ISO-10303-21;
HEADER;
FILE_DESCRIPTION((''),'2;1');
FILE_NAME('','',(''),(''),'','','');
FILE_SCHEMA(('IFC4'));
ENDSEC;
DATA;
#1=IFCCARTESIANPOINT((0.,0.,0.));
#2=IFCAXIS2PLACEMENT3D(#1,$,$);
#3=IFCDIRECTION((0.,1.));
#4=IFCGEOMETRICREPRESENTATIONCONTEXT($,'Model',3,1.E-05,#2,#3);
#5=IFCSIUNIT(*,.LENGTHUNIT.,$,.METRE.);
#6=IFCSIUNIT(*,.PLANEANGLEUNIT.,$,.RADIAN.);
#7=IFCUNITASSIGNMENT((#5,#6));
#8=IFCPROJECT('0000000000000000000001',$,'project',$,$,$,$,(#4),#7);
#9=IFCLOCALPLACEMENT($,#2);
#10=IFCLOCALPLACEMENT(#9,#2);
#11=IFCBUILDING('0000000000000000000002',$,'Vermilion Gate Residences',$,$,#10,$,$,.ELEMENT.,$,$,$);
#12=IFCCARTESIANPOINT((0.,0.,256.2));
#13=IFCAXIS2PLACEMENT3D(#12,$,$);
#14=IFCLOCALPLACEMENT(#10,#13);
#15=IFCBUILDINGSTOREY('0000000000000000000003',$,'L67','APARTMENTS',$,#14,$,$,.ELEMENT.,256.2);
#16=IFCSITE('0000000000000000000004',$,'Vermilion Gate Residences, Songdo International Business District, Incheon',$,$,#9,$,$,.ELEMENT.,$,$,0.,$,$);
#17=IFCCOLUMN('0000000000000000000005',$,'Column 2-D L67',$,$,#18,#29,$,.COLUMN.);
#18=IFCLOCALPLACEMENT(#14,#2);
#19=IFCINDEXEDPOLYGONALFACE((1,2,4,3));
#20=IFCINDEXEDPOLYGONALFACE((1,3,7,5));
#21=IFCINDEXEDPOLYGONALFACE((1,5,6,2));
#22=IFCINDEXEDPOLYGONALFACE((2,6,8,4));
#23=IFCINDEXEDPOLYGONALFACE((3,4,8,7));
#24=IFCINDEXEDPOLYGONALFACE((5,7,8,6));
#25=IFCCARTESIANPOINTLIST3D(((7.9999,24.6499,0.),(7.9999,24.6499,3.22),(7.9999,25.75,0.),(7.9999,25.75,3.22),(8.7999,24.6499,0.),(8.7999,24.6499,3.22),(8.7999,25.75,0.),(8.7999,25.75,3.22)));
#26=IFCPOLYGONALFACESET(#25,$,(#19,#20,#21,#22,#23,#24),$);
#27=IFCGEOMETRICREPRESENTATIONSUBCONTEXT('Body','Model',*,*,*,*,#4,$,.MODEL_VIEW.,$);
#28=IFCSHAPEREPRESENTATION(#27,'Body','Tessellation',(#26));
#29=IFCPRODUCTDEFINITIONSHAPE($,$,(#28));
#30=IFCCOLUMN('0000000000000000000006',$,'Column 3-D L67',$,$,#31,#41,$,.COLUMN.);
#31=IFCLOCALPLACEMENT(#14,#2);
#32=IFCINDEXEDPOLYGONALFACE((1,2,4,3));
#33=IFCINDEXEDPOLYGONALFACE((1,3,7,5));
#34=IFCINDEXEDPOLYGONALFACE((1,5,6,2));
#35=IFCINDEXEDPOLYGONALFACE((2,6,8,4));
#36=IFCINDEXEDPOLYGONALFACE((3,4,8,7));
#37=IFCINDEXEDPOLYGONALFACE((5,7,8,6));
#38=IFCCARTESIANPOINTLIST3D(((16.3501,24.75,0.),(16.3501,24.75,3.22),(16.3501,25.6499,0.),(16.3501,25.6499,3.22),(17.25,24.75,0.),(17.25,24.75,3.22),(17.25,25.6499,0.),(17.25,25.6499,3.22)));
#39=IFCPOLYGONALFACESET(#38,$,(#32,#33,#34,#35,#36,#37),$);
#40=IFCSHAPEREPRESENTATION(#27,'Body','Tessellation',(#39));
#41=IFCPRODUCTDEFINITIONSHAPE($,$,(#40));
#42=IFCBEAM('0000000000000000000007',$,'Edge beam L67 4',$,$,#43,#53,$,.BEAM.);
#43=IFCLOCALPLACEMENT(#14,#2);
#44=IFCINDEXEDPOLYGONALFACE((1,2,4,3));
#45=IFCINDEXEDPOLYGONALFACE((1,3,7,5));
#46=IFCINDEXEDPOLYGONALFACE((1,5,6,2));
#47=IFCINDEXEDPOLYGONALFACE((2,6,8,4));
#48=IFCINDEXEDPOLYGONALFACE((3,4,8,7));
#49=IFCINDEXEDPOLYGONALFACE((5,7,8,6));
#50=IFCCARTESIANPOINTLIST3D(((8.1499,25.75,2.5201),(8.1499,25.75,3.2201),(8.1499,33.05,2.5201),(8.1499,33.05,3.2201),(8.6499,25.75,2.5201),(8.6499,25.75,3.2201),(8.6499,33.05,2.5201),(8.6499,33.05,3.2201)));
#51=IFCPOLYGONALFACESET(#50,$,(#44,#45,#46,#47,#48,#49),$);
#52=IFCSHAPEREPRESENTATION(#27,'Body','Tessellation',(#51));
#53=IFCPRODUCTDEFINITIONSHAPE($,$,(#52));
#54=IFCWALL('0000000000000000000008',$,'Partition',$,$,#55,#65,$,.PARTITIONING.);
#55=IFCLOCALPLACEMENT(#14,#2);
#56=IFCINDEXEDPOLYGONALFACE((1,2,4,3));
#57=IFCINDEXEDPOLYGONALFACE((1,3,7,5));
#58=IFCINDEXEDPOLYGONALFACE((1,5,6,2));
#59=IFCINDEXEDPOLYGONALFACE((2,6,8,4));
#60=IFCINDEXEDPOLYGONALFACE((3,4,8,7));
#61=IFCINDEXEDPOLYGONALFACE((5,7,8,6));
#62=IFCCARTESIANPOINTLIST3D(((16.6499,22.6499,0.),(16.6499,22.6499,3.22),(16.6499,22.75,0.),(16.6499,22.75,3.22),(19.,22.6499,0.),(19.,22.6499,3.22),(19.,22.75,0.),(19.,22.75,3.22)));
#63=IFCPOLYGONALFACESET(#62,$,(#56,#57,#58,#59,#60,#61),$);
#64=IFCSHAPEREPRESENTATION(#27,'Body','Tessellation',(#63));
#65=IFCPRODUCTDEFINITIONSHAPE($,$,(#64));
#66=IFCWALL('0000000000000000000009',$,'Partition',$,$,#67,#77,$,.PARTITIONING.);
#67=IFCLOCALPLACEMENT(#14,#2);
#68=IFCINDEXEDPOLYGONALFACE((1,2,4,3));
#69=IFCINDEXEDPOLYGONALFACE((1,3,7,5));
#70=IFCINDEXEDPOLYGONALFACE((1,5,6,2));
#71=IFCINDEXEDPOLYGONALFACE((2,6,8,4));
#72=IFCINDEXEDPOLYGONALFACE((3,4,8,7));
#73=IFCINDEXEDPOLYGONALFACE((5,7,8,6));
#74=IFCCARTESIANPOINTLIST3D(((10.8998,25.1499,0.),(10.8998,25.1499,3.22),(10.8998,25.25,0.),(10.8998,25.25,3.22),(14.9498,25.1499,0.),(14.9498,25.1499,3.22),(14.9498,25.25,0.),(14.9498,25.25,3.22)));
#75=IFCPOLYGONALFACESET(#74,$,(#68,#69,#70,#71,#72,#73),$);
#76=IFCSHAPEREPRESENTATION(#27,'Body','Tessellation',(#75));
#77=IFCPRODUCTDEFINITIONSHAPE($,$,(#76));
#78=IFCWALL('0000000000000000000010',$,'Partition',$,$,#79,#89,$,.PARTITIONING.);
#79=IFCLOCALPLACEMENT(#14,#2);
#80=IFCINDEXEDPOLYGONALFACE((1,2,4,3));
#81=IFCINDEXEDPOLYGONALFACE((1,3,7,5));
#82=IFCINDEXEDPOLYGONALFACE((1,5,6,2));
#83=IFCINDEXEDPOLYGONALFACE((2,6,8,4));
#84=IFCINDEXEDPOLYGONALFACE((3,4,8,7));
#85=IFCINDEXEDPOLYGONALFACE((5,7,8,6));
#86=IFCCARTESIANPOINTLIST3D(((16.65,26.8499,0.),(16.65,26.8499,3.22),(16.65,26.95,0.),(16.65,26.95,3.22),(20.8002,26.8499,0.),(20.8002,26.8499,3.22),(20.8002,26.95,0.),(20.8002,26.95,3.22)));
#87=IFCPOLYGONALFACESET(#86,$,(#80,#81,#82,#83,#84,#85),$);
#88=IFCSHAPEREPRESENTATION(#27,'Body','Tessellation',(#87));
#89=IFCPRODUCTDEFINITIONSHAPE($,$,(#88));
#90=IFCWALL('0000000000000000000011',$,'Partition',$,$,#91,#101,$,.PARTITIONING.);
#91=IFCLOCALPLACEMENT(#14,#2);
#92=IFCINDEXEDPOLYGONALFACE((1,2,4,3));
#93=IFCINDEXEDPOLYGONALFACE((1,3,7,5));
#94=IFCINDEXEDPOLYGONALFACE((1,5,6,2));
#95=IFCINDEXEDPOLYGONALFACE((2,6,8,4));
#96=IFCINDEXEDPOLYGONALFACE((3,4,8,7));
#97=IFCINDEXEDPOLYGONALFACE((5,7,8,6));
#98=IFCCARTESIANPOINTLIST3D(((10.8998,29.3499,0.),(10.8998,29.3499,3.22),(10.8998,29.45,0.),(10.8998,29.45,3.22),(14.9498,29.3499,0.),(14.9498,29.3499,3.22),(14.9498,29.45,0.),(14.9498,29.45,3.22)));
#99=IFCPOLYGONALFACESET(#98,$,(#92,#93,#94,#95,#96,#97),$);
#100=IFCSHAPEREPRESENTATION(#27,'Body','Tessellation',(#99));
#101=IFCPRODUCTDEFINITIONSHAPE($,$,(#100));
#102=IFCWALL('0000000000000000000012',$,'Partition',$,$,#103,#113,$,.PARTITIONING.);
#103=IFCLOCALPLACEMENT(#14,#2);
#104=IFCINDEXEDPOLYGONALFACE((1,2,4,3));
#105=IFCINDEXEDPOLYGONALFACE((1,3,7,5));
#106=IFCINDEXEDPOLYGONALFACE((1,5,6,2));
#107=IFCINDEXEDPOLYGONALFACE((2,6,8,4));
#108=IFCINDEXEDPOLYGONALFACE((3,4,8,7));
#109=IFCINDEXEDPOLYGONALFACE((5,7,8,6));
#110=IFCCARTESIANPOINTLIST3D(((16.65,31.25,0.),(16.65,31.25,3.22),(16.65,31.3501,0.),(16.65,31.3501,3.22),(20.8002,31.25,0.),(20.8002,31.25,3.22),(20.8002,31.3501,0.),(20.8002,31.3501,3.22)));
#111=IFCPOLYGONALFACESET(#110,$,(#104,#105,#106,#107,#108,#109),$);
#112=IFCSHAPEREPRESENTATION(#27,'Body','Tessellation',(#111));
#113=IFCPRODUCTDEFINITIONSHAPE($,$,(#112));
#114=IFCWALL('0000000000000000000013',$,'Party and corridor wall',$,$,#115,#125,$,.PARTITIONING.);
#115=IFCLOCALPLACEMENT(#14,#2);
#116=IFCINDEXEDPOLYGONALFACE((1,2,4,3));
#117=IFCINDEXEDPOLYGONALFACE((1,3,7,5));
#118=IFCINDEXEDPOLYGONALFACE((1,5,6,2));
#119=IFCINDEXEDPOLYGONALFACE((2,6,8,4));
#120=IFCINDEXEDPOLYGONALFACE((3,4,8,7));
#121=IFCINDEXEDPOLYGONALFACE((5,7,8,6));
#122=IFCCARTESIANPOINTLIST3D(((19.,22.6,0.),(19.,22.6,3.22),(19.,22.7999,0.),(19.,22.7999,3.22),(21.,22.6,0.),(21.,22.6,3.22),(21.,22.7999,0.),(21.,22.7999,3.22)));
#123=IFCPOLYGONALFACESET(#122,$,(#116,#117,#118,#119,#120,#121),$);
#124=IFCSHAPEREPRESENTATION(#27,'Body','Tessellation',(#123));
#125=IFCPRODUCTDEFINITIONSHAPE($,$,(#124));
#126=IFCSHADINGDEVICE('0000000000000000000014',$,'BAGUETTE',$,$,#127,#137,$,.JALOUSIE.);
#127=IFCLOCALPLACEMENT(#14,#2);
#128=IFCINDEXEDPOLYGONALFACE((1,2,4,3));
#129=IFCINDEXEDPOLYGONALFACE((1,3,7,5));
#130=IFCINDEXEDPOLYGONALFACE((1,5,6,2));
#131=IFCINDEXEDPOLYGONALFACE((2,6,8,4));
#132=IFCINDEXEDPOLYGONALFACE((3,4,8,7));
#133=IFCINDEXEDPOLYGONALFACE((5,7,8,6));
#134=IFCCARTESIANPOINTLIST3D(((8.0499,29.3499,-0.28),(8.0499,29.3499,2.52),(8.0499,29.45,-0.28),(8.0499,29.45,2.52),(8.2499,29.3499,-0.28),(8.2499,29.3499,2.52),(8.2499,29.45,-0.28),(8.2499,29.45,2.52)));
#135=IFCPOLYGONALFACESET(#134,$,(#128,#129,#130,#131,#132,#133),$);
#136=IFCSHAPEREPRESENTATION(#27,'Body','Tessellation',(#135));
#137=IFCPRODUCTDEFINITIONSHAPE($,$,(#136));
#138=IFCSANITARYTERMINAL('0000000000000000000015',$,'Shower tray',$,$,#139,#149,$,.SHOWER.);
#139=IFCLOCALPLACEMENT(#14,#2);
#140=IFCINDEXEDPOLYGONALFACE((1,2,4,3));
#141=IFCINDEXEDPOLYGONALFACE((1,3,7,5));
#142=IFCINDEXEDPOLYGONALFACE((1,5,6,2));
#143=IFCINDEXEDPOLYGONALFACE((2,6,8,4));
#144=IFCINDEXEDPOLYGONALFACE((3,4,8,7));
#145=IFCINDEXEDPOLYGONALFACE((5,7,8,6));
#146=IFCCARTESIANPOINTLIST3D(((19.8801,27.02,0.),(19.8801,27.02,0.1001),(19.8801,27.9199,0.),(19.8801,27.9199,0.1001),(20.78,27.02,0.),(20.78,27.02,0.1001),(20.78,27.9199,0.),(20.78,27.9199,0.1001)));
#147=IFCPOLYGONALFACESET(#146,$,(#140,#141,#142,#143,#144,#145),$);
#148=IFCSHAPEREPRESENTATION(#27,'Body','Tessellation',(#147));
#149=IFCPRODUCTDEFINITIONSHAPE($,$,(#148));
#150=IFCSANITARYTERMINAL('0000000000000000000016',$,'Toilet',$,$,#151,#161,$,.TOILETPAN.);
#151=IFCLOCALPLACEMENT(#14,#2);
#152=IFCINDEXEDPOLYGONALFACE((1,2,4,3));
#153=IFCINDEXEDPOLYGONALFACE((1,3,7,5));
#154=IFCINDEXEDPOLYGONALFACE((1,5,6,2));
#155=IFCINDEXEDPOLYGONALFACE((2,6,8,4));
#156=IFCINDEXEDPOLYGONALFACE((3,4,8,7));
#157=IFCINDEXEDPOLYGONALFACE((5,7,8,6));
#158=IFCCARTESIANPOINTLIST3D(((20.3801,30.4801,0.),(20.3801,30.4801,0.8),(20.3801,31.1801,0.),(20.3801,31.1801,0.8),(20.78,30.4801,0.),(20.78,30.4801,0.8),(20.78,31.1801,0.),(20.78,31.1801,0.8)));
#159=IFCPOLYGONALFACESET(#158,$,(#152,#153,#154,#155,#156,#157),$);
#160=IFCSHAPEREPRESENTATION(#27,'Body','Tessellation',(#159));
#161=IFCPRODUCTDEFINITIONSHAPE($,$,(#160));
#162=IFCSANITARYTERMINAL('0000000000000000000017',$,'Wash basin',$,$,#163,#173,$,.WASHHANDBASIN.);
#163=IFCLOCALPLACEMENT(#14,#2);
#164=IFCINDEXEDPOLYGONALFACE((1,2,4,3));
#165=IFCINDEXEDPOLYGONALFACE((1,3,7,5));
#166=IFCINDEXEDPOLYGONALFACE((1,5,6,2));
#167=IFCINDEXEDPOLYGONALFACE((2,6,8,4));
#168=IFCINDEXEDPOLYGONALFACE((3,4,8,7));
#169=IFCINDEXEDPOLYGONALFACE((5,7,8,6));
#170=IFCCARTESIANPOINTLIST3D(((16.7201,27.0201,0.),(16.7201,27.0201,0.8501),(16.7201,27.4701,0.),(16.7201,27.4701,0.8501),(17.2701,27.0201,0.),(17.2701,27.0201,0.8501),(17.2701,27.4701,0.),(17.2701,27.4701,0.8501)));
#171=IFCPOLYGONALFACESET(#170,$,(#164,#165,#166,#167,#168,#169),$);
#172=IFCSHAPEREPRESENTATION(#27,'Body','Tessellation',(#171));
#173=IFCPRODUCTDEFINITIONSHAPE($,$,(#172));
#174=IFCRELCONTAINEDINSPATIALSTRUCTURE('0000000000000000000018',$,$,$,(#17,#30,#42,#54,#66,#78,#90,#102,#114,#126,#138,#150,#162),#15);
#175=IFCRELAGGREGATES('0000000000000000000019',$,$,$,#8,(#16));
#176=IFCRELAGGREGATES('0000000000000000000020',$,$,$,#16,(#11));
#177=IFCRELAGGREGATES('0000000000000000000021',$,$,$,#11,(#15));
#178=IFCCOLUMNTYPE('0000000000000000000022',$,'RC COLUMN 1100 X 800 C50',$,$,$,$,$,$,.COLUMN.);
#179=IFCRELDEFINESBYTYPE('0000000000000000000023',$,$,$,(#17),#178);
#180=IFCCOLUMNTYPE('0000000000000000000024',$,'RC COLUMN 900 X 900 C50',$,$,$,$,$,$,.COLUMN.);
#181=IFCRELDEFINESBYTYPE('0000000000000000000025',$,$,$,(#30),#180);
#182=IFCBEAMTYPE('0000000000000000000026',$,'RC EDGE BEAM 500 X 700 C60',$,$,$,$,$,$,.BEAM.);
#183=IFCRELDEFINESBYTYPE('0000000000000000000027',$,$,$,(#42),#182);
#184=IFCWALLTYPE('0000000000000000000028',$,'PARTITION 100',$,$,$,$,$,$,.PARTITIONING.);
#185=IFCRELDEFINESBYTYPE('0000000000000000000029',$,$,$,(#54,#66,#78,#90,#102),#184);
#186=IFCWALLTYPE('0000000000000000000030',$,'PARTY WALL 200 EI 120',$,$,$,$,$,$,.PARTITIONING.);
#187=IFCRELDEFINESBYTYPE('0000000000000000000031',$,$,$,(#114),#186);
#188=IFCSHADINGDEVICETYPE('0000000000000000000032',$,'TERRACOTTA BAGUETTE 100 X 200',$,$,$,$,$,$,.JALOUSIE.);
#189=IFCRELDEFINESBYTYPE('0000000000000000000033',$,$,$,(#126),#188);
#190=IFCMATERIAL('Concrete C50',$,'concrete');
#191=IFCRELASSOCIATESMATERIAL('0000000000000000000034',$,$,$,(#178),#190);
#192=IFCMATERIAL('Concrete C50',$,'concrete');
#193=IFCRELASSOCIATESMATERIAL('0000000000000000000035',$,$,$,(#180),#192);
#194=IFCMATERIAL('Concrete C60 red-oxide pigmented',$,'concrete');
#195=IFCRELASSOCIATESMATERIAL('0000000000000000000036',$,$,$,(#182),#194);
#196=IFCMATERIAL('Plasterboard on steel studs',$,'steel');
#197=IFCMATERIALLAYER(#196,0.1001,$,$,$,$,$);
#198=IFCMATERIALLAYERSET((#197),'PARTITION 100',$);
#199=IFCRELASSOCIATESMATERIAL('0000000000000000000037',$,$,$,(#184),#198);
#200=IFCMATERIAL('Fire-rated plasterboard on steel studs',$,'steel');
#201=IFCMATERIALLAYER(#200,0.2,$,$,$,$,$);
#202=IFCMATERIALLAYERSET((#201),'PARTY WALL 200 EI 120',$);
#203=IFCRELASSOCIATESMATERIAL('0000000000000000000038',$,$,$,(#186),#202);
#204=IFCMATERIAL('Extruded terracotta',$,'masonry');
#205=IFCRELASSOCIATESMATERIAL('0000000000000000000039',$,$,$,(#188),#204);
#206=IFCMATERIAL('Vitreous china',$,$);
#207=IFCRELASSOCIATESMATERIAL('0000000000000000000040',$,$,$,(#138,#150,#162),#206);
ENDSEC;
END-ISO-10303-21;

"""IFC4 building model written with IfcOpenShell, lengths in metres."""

from ifc_helpers import new_model, si_unit, direction, frame, frame_2d, origin, origin_2d, place, context, subcontext, project, spatial, rectangle, extrude, material, layer, layer_set, material_profile, profile_set, type_object, element, save


model = new_model("IFC4")

# Units and contexts
model_context = context("Model", 3, precision=1e-05, world=origin(), true_north=direction((0.0, 1.0)))
body_context = subcontext(model_context, "Body", "Model", "MODEL_VIEW")
ifc_project = project(units=[si_unit("LENGTHUNIT", "METRE"), si_unit("PLANEANGLEUNIT", "RADIAN")], contexts=[model_context])

# Site, building, storey
site_placement = place(None, origin())
site = spatial("IfcSite", under=ifc_project, at=site_placement, Name="Vermilion Gate Residences, Songdo International Business District, Incheon", CompositionType="ELEMENT", RefElevation=0.0)
building_placement = place(site_placement, origin())
building = spatial("IfcBuilding", under=site, at=building_placement, Name="Vermilion Gate Residences", CompositionType="ELEMENT")
storey_placement = place(building_placement, frame((0.0, 0.0, 256.2)))
storey = spatial("IfcBuildingStorey", under=building, at=storey_placement, Name="L67", Description="APARTMENTS", CompositionType="ELEMENT", Elevation=256.2)

# Columns
ifc_material_1 = material(Name="Concrete C50", Category="concrete")
ifc_material_profile_1 = material_profile(ifc_material_1, rectangle(XDim=1.1001, YDim=0.8, at=origin_2d()), Name="RC-1100x800")
ifc_profile_set_1 = profile_set([ifc_material_profile_1], Name="Concrete C50")
column_type_1 = type_object("IfcColumnType", Name="RC COLUMN 1100 X 800 C50", PredefinedType="COLUMN", material=ifc_profile_set_1)
column_1_placement = place(storey_placement, frame((8.3999, 25.2, 0.0), z_axis=(0.0, 0.0, 1.0), x_axis=(0.0, 1.0, 0.0)))
element("IfcColumn", 1, at=column_1_placement, inside=storey, type_object=column_type_1, Name="Column 2-D L67", PredefinedType="COLUMN", context=body_context, shape_type="SweptSolid", body=[
    extrude(rectangle(XDim=1.1001, YDim=0.8, at=origin_2d()), origin(), (0.0, 0.0, 1.0), 3.22),
])
ifc_material_2 = material(Name="Concrete C50", Category="concrete")
ifc_material_profile_2 = material_profile(ifc_material_2, rectangle(XDim=0.8999, YDim=0.8999, at=origin_2d()), Name="RC-900x900")
ifc_profile_set_2 = profile_set([ifc_material_profile_2], Name="Concrete C50")
column_type_2 = type_object("IfcColumnType", Name="RC COLUMN 900 X 900 C50", PredefinedType="COLUMN", material=ifc_profile_set_2)
column_2_placement = place(storey_placement, frame((16.8, 25.2, 0.0), z_axis=(0.0, 0.0, 1.0), x_axis=(1.0, 0.0, 0.0)))
element("IfcColumn", 2, at=column_2_placement, inside=storey, type_object=column_type_2, Name="Column 3-D L67", PredefinedType="COLUMN", context=body_context, shape_type="SweptSolid", body=[
    extrude(rectangle(XDim=0.8999, YDim=0.8999, at=origin_2d()), origin(), (0.0, 0.0, 1.0), 3.22),
])

# Beam
ifc_material_3 = material(Name="Concrete C60 red-oxide pigmented", Category="concrete")
ifc_material_profile_3 = material_profile(ifc_material_3, rectangle(XDim=0.5, YDim=0.7, at=origin_2d()), Name="RC-500x700")
ifc_profile_set_3 = profile_set([ifc_material_profile_3], Name="Concrete C60 red-oxide pigmented")
beam_type = type_object("IfcBeamType", Name="RC EDGE BEAM 500 X 700 C60", PredefinedType="BEAM", material=ifc_profile_set_3)
beam_placement = place(storey_placement, frame((8.3999, 25.75, 2.8701), z_axis=(0.0, 1.0, 0.0), x_axis=(-1.0, 0.0, 0.0)))
element("IfcBeam", 3, at=beam_placement, inside=storey, type_object=beam_type, Name="Edge beam L67 4", PredefinedType="BEAM", context=body_context, shape_type="SweptSolid", body=[
    extrude(rectangle(XDim=0.5, YDim=0.7, at=origin_2d()), origin(), (0.0, 0.0, 1.0), 7.3),
])

# Walls
ifc_material_4 = material(Name="Plasterboard on steel studs", Category="steel")
ifc_layer_1 = layer(ifc_material_4, 0.1001)
ifc_layer_set_1 = layer_set([ifc_layer_1], Name="PARTITION 100")
wall_type_1 = type_object("IfcWallType", Name="PARTITION 100", PredefinedType="PARTITIONING", material=ifc_layer_set_1)
wall_1_placement = place(storey_placement, frame((16.6499, 22.7, 0.0), z_axis=(0.0, 0.0, 1.0), x_axis=(1.0, 0.0, 0.0)))
element("IfcWall", 4, at=wall_1_placement, inside=storey, type_object=wall_type_1, Name="Partition", PredefinedType="PARTITIONING", context=body_context, shape_type="SweptSolid", body=[
    extrude(rectangle(XDim=2.3501, YDim=0.1001, at=frame_2d((1.175, 0.0))), origin(), (0.0, 0.0, 1.0), 3.22),
])
wall_2_placement = place(storey_placement, frame((10.8999, 25.2, 0.0), z_axis=(0.0, 0.0, 1.0), x_axis=(1.0, 0.0, 0.0)))
element("IfcWall", 5, at=wall_2_placement, inside=storey, type_object=wall_type_1, Name="Partition", PredefinedType="PARTITIONING", context=body_context, shape_type="SweptSolid", body=[
    extrude(rectangle(XDim=4.05, YDim=0.1001, at=frame_2d((2.0249, 0.0))), origin(), (0.0, 0.0, 1.0), 3.22),
])
wall_3_placement = place(storey_placement, frame((16.6499, 26.8999, 0.0), z_axis=(0.0, 0.0, 1.0), x_axis=(1.0, 0.0, 0.0)))
element("IfcWall", 6, at=wall_3_placement, inside=storey, type_object=wall_type_1, Name="Partition", PredefinedType="PARTITIONING", context=body_context, shape_type="SweptSolid", body=[
    extrude(rectangle(XDim=4.1501, YDim=0.1001, at=frame_2d((2.0752, 0.0))), origin(), (0.0, 0.0, 1.0), 3.22),
])
wall_4_placement = place(storey_placement, frame((10.8999, 29.3999, 0.0), z_axis=(0.0, 0.0, 1.0), x_axis=(1.0, 0.0, 0.0)))
element("IfcWall", 7, at=wall_4_placement, inside=storey, type_object=wall_type_1, Name="Partition", PredefinedType="PARTITIONING", context=body_context, shape_type="SweptSolid", body=[
    extrude(rectangle(XDim=4.05, YDim=0.1001, at=frame_2d((2.0249, 0.0))), origin(), (0.0, 0.0, 1.0), 3.22),
])
wall_5_placement = place(storey_placement, frame((16.6499, 31.3, 0.0), z_axis=(0.0, 0.0, 1.0), x_axis=(1.0, 0.0, 0.0)))
element("IfcWall", 8, at=wall_5_placement, inside=storey, type_object=wall_type_1, Name="Partition", PredefinedType="PARTITIONING", context=body_context, shape_type="SweptSolid", body=[
    extrude(rectangle(XDim=4.1501, YDim=0.1001, at=frame_2d((2.0752, 0.0))), origin(), (0.0, 0.0, 1.0), 3.22),
])
ifc_material_5 = material(Name="Fire-rated plasterboard on steel studs", Category="steel")
ifc_layer_2 = layer(ifc_material_5, 0.2)
ifc_layer_set_2 = layer_set([ifc_layer_2], Name="PARTY WALL 200 EI 120")
wall_type_2 = type_object("IfcWallType", Name="PARTY WALL 200 EI 120", PredefinedType="PARTITIONING", material=ifc_layer_set_2)
wall_6_placement = place(storey_placement, frame((19.0, 22.7, 0.0), z_axis=(0.0, 0.0, 1.0), x_axis=(1.0, 0.0, 0.0)))
element("IfcWall", 9, at=wall_6_placement, inside=storey, type_object=wall_type_2, Name="Party and corridor wall", PredefinedType="PARTITIONING", context=body_context, shape_type="SweptSolid", body=[
    extrude(rectangle(XDim=2.0, YDim=0.2, at=frame_2d((1.0, 0.0))), origin(), (0.0, 0.0, 1.0), 3.22),
])

# Shading device
ifc_material_6 = material(Name="Extruded terracotta", Category="masonry")
ifc_material_profile_4 = material_profile(ifc_material_6, rectangle(XDim=0.2, YDim=0.1001, at=origin_2d()), Name="BAGUETTE 100 X 200")
ifc_profile_set_4 = profile_set([ifc_material_profile_4], Name="Extruded terracotta")
shading_device_type = type_object("IfcShadingDeviceType", Name="TERRACOTTA BAGUETTE 100 X 200", PredefinedType="JALOUSIE", material=ifc_profile_set_4)
shading_device_placement = place(storey_placement, frame((8.1499, 29.3999, -0.28), z_axis=(0.0, 0.0, 1.0), x_axis=(1.0, 0.0, 0.0)))
element("IfcShadingDevice", 10, at=shading_device_placement, inside=storey, type_object=shading_device_type, Name="BAGUETTE", PredefinedType="JALOUSIE", context=body_context, shape_type="SweptSolid", body=[
    extrude(rectangle(XDim=0.2, YDim=0.1001, at=origin_2d()), origin(), (0.0, 0.0, 1.0), 2.8),
])

# Sanitary terminals
ifc_material_7 = material(Name="Vitreous china")
sanitary_terminal_1_placement = place(storey_placement, frame((20.3301, 27.47, 0.0), z_axis=(0.0, 0.0, 1.0), x_axis=(1.0, 0.0, 0.0)))
element("IfcSanitaryTerminal", 11, at=sanitary_terminal_1_placement, inside=storey, material=ifc_material_7, Name="Shower tray", PredefinedType="SHOWER", context=body_context, shape_type="SweptSolid", body=[
    extrude(rectangle(XDim=0.8999, YDim=0.8999, at=origin_2d()), origin(), (0.0, 0.0, 1.0), 0.1001),
])
sanitary_terminal_2_placement = place(storey_placement, frame((20.5801, 30.8301, 0.0), z_axis=(0.0, 0.0, 1.0), x_axis=(1.0, 0.0, 0.0)))
element("IfcSanitaryTerminal", 12, at=sanitary_terminal_2_placement, inside=storey, material=ifc_material_7, Name="Toilet", PredefinedType="TOILETPAN", context=body_context, shape_type="SweptSolid", body=[
    extrude(rectangle(XDim=0.3999, YDim=0.7, at=origin_2d()), origin(), (0.0, 0.0, 1.0), 0.8),
])
sanitary_terminal_3_placement = place(storey_placement, frame((16.9951, 27.2451, 0.0), z_axis=(0.0, 0.0, 1.0), x_axis=(1.0, 0.0, 0.0)))
element("IfcSanitaryTerminal", 13, at=sanitary_terminal_3_placement, inside=storey, material=ifc_material_7, Name="Wash basin", PredefinedType="WASHHANDBASIN", context=body_context, shape_type="SweptSolid", body=[
    extrude(rectangle(XDim=0.55, YDim=0.45, at=origin_2d()), origin(), (0.0, 0.0, 1.0), 0.8501),
])

save(model, "model.ifc")
